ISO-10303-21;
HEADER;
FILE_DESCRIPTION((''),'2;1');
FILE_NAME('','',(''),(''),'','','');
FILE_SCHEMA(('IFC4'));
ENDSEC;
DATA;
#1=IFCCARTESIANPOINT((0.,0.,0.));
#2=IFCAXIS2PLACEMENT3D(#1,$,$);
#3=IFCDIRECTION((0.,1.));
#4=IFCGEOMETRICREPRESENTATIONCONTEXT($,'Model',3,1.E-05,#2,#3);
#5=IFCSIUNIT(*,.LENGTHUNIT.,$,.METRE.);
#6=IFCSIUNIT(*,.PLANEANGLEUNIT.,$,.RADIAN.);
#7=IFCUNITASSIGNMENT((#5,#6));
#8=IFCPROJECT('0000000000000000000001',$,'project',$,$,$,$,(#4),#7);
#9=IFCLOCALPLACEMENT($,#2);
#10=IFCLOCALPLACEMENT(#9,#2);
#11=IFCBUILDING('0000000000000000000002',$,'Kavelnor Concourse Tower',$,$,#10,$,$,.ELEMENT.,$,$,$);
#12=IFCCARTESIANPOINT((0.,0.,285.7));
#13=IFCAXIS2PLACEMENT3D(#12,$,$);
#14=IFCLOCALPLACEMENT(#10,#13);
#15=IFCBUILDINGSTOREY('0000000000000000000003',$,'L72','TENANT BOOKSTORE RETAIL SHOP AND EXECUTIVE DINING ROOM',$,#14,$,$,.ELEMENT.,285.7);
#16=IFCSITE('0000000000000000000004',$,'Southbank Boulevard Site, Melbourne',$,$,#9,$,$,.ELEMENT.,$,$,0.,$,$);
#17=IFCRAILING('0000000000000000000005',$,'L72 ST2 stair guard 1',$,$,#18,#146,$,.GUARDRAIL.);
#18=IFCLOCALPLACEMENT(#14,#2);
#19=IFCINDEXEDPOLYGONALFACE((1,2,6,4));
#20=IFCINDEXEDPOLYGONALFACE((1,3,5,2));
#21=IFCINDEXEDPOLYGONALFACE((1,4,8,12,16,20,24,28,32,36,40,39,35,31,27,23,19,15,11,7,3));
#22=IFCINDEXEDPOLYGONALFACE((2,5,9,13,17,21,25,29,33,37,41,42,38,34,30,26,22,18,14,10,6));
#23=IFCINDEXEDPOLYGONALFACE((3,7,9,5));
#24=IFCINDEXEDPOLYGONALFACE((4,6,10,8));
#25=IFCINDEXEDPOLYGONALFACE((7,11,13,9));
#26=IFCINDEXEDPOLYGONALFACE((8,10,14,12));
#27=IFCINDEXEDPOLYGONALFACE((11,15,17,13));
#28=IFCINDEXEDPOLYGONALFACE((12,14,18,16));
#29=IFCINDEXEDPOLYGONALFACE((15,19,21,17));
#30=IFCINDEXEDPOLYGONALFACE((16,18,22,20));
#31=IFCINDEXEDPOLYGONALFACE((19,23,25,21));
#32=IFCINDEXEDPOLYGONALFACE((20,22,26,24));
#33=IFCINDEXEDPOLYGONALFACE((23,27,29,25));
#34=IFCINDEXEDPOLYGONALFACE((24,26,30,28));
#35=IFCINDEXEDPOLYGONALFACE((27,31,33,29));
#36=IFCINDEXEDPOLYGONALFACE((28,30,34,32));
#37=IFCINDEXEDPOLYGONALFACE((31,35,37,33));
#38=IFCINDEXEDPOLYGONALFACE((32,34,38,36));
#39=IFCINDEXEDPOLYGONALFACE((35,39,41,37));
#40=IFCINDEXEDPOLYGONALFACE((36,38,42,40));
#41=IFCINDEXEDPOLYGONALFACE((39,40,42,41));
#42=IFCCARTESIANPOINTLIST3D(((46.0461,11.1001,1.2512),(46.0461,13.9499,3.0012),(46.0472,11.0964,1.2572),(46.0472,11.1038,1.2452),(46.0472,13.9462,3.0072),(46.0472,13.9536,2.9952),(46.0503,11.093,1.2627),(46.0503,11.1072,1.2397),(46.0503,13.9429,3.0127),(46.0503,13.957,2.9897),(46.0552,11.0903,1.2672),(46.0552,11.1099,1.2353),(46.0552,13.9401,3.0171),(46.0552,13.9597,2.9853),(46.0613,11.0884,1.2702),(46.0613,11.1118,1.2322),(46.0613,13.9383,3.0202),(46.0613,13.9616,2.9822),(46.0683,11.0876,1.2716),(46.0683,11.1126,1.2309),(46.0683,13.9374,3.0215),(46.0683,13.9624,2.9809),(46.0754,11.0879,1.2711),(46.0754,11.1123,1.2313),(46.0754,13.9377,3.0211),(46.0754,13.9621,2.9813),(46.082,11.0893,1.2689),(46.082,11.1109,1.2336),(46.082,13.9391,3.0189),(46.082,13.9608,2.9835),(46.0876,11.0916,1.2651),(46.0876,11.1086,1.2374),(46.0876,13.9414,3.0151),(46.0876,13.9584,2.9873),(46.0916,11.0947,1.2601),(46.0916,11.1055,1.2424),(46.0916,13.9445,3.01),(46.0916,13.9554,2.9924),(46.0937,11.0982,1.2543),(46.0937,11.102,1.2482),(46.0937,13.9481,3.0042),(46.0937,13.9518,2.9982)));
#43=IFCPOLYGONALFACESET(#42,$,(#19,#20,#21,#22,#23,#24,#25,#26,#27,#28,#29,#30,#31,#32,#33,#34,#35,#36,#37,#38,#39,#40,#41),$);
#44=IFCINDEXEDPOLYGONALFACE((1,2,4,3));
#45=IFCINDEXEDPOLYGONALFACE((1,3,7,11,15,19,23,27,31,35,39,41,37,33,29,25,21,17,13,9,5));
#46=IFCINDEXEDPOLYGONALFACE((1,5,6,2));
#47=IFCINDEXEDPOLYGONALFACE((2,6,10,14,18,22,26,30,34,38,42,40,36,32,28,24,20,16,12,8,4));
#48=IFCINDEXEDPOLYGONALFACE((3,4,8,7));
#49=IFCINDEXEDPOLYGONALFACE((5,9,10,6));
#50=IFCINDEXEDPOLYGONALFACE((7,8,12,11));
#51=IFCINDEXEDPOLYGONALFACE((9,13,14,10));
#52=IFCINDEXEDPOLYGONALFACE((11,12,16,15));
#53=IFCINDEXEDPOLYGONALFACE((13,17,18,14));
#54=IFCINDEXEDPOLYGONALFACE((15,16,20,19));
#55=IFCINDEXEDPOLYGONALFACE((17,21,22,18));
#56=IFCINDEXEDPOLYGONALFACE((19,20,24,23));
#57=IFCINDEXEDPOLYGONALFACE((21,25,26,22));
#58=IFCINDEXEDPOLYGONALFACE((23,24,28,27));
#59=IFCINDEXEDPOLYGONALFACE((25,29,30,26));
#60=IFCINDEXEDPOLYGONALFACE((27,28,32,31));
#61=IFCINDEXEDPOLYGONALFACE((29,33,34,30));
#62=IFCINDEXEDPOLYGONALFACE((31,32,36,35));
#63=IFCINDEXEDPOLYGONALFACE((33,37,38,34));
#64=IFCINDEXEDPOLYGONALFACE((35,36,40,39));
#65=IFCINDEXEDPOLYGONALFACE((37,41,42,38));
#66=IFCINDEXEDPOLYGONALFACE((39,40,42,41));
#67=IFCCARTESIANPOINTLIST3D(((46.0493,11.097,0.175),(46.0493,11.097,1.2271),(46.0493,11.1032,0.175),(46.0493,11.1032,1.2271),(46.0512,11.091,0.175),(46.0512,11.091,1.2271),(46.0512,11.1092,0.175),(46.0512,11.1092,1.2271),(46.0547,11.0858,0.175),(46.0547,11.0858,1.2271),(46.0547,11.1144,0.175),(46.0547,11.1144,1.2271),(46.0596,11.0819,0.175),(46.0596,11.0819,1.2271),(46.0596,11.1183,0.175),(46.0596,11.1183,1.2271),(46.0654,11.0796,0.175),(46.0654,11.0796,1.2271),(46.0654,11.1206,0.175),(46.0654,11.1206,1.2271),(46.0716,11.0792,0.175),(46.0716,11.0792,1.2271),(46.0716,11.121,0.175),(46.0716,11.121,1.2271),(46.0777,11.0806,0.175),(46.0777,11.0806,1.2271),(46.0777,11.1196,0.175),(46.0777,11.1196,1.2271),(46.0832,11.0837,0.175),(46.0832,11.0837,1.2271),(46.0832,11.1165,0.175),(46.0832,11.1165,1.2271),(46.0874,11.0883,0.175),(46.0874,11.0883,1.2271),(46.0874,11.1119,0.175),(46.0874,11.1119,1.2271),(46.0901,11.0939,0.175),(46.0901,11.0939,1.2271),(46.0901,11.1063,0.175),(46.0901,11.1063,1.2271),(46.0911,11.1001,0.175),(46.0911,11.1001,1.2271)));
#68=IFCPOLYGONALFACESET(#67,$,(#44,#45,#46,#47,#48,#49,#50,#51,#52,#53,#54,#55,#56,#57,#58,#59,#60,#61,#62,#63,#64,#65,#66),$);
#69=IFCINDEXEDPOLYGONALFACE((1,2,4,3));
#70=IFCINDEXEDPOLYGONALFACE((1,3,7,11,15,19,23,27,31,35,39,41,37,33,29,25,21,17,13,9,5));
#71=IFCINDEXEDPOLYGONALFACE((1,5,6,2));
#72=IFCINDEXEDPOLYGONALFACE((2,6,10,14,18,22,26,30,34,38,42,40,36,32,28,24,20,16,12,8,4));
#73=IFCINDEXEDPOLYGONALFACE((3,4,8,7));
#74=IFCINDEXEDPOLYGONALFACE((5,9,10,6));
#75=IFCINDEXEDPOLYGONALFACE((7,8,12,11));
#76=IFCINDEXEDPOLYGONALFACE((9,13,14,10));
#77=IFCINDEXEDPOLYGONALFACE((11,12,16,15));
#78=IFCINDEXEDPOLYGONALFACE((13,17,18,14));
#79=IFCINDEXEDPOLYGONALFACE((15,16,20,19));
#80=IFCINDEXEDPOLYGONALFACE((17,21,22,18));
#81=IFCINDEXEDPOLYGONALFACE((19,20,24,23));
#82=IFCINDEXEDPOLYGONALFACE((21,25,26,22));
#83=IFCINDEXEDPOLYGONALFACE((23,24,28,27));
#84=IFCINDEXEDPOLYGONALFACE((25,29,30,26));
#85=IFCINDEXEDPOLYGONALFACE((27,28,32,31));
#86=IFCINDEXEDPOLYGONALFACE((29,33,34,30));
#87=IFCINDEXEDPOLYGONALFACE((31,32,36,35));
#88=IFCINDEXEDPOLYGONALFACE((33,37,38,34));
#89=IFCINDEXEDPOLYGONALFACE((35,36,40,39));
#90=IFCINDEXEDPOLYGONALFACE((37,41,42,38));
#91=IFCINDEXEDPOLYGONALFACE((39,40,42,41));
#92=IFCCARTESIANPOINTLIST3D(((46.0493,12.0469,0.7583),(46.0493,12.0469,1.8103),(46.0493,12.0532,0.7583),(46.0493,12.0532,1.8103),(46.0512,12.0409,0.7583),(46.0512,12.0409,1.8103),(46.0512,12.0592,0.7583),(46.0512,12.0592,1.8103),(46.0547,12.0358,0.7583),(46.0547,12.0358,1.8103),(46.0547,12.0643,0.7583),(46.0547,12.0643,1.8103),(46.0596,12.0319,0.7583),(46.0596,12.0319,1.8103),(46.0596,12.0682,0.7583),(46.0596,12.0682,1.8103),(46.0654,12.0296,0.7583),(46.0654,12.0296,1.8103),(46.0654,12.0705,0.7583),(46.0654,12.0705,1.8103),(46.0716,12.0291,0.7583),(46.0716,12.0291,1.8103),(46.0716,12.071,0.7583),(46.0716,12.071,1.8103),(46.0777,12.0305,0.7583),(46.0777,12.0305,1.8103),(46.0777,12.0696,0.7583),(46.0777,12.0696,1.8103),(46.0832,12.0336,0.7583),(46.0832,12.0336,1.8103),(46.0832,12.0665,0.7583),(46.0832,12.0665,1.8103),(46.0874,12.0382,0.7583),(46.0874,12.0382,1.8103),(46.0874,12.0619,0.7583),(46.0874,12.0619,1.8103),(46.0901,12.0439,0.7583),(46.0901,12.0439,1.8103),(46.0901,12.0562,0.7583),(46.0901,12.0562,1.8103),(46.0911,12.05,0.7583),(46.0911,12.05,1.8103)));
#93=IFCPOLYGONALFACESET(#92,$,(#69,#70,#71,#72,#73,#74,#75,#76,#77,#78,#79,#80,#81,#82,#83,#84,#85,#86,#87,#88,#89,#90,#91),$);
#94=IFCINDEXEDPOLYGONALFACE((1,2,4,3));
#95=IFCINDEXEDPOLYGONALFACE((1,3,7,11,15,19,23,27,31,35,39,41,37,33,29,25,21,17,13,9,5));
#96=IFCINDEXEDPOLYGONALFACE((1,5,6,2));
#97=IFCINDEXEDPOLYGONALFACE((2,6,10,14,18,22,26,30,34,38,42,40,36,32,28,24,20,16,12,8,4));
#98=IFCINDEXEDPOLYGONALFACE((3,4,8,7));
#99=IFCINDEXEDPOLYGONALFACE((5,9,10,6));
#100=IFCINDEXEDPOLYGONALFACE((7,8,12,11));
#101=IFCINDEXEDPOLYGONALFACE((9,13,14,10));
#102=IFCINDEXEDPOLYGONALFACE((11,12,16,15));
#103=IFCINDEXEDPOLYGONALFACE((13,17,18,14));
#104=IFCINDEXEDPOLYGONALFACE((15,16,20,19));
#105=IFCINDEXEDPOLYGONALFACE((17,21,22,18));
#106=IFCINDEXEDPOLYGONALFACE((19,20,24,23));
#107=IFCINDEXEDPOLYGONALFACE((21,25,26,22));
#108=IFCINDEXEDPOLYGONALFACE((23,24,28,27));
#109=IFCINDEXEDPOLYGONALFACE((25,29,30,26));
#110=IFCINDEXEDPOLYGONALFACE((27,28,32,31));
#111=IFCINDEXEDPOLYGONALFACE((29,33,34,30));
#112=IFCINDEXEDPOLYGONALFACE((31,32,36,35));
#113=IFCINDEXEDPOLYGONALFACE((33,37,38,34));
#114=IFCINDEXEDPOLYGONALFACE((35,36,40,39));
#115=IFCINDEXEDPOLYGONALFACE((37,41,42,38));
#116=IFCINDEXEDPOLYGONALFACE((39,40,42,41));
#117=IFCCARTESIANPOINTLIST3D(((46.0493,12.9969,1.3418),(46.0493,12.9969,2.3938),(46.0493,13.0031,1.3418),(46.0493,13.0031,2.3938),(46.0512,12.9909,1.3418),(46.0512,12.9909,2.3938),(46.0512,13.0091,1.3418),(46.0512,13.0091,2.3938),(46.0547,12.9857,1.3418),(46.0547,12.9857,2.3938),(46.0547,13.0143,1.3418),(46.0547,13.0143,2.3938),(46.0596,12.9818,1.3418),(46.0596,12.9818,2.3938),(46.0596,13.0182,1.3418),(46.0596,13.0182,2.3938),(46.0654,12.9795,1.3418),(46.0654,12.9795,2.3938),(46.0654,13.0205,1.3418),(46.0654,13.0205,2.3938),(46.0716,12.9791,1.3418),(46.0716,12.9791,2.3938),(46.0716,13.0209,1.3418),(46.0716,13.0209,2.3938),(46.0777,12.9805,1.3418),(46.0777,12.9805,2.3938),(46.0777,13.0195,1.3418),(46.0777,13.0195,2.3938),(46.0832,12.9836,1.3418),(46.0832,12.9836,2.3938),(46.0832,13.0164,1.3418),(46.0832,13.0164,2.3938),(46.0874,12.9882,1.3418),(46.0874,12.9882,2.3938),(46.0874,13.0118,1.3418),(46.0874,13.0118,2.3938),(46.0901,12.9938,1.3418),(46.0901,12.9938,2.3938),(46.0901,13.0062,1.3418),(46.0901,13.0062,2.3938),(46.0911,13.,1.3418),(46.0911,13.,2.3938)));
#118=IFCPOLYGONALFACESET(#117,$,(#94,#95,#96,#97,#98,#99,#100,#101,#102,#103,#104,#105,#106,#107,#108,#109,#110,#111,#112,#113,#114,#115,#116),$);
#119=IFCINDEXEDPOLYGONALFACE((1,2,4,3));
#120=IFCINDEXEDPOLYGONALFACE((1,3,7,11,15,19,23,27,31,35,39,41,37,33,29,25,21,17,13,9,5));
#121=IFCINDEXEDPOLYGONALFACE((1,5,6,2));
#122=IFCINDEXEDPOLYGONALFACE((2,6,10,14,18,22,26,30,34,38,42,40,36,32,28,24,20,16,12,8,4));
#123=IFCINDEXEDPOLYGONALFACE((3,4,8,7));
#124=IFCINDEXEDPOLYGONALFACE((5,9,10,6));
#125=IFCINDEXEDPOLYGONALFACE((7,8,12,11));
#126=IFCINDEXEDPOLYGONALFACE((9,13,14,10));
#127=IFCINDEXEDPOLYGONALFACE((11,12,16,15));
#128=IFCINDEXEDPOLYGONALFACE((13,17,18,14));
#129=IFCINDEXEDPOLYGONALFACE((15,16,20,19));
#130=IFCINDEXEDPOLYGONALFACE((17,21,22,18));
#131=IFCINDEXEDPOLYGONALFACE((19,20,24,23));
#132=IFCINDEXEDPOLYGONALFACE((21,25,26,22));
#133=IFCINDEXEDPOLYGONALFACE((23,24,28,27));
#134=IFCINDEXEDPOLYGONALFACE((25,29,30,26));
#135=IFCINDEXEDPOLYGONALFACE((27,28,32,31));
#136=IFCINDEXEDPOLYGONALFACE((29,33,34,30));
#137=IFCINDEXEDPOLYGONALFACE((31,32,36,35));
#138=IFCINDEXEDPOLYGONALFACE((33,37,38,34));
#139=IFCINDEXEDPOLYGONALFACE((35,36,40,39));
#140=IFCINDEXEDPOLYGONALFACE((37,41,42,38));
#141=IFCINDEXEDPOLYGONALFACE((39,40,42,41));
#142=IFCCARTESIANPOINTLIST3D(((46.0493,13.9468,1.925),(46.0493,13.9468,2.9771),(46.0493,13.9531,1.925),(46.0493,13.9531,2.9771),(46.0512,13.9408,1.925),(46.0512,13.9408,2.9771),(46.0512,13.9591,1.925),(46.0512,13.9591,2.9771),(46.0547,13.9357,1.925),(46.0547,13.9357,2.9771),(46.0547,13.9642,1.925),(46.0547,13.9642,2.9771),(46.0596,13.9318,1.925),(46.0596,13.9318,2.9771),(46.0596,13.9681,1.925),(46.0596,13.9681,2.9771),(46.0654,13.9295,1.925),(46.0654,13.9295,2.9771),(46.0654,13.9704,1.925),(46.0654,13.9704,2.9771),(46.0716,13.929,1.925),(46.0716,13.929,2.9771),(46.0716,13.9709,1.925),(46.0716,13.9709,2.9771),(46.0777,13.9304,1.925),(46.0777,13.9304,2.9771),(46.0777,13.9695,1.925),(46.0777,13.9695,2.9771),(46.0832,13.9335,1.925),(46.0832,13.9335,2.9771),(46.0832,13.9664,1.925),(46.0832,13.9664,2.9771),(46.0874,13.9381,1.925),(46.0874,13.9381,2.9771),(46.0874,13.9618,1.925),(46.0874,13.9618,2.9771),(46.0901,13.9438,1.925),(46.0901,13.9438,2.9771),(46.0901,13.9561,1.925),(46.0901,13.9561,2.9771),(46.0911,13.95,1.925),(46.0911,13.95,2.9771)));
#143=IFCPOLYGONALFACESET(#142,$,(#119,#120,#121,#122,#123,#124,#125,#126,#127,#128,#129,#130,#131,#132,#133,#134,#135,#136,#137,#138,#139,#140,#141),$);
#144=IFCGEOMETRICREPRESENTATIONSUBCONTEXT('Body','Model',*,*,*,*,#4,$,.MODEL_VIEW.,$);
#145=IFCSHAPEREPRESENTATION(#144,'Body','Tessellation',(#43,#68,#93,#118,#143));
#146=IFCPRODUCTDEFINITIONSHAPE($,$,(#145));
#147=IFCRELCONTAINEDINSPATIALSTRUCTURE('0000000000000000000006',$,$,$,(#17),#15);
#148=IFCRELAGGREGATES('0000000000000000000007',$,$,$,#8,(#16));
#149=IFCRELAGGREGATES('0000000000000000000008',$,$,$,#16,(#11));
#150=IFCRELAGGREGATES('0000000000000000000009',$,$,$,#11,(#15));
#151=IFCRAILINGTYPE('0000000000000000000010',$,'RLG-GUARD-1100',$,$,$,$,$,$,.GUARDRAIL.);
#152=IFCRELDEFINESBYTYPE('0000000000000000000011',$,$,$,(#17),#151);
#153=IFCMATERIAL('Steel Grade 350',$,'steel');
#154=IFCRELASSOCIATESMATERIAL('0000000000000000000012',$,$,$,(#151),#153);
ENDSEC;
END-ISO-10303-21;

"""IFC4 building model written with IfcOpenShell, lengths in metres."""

from ifc_helpers import new_model, si_unit, direction, frame, origin, origin_2d, place, context, subcontext, project, spatial, circle, extrude, material, type_object, element, save


model = new_model("IFC4")

# Units and contexts
model_context = context("Model", 3, precision=1e-05, world=origin(), true_north=direction((0.0, 1.0)))
body_context = subcontext(model_context, "Body", "Model", "MODEL_VIEW")
ifc_project = project(units=[si_unit("LENGTHUNIT", "METRE"), si_unit("PLANEANGLEUNIT", "RADIAN")], contexts=[model_context])

# Site, building, storey
site_placement = place(None, origin())
site = spatial("IfcSite", under=ifc_project, at=site_placement, Name="Southbank Boulevard Site, Melbourne", CompositionType="ELEMENT", RefElevation=0.0)
building_placement = place(site_placement, origin())
building = spatial("IfcBuilding", under=site, at=building_placement, Name="Kavelnor Concourse Tower", CompositionType="ELEMENT")
storey_placement = place(building_placement, frame((0.0, 0.0, 285.7)))
storey = spatial("IfcBuildingStorey", under=building, at=storey_placement, Name="L72", Description="TENANT BOOKSTORE RETAIL SHOP AND EXECUTIVE DINING ROOM", CompositionType="ELEMENT", Elevation=285.7)

# Shared definitions
ifc_material_1 = material(Name="Steel Grade 350", Category="steel")

# Railing
railing_type_1 = type_object("IfcRailingType", Name="RLG-GUARD-1100", PredefinedType="GUARDRAIL", material=ifc_material_1)
railing_1_placement = place(storey_placement, frame((46.0701, 11.1001, 0.175)))
element("IfcRailing", 1, at=railing_1_placement, inside=storey, type_object=railing_type_1, Name="L72 ST2 stair guard 1", PredefinedType="GUARDRAIL", context=body_context, shape_type="SweptSolid", body=[
    extrude(circle(Radius=0.0239, at=origin_2d()), frame((0.0, 0.0, 1.0762), z_axis=(0.0, 0.852159, 0.523283), x_axis=(-1.0, 0.0, 0.0)), (0.0, 0.0, 1.0), 3.3442),
    extrude(circle(Radius=0.021, at=origin_2d()), origin(), (0.0, 0.0, 1.0), 1.052),
    extrude(circle(Radius=0.021, at=origin_2d()), frame((0.0, 0.95, 0.5833)), (0.0, 0.0, 1.0), 1.052),
    extrude(circle(Radius=0.021, at=origin_2d()), frame((0.0, 1.8999, 1.1667)), (0.0, 0.0, 1.0), 1.052),
    extrude(circle(Radius=0.021, at=origin_2d()), frame((0.0, 2.8499, 1.75)), (0.0, 0.0, 1.0), 1.052),
])

save(model, "model.ifc")
